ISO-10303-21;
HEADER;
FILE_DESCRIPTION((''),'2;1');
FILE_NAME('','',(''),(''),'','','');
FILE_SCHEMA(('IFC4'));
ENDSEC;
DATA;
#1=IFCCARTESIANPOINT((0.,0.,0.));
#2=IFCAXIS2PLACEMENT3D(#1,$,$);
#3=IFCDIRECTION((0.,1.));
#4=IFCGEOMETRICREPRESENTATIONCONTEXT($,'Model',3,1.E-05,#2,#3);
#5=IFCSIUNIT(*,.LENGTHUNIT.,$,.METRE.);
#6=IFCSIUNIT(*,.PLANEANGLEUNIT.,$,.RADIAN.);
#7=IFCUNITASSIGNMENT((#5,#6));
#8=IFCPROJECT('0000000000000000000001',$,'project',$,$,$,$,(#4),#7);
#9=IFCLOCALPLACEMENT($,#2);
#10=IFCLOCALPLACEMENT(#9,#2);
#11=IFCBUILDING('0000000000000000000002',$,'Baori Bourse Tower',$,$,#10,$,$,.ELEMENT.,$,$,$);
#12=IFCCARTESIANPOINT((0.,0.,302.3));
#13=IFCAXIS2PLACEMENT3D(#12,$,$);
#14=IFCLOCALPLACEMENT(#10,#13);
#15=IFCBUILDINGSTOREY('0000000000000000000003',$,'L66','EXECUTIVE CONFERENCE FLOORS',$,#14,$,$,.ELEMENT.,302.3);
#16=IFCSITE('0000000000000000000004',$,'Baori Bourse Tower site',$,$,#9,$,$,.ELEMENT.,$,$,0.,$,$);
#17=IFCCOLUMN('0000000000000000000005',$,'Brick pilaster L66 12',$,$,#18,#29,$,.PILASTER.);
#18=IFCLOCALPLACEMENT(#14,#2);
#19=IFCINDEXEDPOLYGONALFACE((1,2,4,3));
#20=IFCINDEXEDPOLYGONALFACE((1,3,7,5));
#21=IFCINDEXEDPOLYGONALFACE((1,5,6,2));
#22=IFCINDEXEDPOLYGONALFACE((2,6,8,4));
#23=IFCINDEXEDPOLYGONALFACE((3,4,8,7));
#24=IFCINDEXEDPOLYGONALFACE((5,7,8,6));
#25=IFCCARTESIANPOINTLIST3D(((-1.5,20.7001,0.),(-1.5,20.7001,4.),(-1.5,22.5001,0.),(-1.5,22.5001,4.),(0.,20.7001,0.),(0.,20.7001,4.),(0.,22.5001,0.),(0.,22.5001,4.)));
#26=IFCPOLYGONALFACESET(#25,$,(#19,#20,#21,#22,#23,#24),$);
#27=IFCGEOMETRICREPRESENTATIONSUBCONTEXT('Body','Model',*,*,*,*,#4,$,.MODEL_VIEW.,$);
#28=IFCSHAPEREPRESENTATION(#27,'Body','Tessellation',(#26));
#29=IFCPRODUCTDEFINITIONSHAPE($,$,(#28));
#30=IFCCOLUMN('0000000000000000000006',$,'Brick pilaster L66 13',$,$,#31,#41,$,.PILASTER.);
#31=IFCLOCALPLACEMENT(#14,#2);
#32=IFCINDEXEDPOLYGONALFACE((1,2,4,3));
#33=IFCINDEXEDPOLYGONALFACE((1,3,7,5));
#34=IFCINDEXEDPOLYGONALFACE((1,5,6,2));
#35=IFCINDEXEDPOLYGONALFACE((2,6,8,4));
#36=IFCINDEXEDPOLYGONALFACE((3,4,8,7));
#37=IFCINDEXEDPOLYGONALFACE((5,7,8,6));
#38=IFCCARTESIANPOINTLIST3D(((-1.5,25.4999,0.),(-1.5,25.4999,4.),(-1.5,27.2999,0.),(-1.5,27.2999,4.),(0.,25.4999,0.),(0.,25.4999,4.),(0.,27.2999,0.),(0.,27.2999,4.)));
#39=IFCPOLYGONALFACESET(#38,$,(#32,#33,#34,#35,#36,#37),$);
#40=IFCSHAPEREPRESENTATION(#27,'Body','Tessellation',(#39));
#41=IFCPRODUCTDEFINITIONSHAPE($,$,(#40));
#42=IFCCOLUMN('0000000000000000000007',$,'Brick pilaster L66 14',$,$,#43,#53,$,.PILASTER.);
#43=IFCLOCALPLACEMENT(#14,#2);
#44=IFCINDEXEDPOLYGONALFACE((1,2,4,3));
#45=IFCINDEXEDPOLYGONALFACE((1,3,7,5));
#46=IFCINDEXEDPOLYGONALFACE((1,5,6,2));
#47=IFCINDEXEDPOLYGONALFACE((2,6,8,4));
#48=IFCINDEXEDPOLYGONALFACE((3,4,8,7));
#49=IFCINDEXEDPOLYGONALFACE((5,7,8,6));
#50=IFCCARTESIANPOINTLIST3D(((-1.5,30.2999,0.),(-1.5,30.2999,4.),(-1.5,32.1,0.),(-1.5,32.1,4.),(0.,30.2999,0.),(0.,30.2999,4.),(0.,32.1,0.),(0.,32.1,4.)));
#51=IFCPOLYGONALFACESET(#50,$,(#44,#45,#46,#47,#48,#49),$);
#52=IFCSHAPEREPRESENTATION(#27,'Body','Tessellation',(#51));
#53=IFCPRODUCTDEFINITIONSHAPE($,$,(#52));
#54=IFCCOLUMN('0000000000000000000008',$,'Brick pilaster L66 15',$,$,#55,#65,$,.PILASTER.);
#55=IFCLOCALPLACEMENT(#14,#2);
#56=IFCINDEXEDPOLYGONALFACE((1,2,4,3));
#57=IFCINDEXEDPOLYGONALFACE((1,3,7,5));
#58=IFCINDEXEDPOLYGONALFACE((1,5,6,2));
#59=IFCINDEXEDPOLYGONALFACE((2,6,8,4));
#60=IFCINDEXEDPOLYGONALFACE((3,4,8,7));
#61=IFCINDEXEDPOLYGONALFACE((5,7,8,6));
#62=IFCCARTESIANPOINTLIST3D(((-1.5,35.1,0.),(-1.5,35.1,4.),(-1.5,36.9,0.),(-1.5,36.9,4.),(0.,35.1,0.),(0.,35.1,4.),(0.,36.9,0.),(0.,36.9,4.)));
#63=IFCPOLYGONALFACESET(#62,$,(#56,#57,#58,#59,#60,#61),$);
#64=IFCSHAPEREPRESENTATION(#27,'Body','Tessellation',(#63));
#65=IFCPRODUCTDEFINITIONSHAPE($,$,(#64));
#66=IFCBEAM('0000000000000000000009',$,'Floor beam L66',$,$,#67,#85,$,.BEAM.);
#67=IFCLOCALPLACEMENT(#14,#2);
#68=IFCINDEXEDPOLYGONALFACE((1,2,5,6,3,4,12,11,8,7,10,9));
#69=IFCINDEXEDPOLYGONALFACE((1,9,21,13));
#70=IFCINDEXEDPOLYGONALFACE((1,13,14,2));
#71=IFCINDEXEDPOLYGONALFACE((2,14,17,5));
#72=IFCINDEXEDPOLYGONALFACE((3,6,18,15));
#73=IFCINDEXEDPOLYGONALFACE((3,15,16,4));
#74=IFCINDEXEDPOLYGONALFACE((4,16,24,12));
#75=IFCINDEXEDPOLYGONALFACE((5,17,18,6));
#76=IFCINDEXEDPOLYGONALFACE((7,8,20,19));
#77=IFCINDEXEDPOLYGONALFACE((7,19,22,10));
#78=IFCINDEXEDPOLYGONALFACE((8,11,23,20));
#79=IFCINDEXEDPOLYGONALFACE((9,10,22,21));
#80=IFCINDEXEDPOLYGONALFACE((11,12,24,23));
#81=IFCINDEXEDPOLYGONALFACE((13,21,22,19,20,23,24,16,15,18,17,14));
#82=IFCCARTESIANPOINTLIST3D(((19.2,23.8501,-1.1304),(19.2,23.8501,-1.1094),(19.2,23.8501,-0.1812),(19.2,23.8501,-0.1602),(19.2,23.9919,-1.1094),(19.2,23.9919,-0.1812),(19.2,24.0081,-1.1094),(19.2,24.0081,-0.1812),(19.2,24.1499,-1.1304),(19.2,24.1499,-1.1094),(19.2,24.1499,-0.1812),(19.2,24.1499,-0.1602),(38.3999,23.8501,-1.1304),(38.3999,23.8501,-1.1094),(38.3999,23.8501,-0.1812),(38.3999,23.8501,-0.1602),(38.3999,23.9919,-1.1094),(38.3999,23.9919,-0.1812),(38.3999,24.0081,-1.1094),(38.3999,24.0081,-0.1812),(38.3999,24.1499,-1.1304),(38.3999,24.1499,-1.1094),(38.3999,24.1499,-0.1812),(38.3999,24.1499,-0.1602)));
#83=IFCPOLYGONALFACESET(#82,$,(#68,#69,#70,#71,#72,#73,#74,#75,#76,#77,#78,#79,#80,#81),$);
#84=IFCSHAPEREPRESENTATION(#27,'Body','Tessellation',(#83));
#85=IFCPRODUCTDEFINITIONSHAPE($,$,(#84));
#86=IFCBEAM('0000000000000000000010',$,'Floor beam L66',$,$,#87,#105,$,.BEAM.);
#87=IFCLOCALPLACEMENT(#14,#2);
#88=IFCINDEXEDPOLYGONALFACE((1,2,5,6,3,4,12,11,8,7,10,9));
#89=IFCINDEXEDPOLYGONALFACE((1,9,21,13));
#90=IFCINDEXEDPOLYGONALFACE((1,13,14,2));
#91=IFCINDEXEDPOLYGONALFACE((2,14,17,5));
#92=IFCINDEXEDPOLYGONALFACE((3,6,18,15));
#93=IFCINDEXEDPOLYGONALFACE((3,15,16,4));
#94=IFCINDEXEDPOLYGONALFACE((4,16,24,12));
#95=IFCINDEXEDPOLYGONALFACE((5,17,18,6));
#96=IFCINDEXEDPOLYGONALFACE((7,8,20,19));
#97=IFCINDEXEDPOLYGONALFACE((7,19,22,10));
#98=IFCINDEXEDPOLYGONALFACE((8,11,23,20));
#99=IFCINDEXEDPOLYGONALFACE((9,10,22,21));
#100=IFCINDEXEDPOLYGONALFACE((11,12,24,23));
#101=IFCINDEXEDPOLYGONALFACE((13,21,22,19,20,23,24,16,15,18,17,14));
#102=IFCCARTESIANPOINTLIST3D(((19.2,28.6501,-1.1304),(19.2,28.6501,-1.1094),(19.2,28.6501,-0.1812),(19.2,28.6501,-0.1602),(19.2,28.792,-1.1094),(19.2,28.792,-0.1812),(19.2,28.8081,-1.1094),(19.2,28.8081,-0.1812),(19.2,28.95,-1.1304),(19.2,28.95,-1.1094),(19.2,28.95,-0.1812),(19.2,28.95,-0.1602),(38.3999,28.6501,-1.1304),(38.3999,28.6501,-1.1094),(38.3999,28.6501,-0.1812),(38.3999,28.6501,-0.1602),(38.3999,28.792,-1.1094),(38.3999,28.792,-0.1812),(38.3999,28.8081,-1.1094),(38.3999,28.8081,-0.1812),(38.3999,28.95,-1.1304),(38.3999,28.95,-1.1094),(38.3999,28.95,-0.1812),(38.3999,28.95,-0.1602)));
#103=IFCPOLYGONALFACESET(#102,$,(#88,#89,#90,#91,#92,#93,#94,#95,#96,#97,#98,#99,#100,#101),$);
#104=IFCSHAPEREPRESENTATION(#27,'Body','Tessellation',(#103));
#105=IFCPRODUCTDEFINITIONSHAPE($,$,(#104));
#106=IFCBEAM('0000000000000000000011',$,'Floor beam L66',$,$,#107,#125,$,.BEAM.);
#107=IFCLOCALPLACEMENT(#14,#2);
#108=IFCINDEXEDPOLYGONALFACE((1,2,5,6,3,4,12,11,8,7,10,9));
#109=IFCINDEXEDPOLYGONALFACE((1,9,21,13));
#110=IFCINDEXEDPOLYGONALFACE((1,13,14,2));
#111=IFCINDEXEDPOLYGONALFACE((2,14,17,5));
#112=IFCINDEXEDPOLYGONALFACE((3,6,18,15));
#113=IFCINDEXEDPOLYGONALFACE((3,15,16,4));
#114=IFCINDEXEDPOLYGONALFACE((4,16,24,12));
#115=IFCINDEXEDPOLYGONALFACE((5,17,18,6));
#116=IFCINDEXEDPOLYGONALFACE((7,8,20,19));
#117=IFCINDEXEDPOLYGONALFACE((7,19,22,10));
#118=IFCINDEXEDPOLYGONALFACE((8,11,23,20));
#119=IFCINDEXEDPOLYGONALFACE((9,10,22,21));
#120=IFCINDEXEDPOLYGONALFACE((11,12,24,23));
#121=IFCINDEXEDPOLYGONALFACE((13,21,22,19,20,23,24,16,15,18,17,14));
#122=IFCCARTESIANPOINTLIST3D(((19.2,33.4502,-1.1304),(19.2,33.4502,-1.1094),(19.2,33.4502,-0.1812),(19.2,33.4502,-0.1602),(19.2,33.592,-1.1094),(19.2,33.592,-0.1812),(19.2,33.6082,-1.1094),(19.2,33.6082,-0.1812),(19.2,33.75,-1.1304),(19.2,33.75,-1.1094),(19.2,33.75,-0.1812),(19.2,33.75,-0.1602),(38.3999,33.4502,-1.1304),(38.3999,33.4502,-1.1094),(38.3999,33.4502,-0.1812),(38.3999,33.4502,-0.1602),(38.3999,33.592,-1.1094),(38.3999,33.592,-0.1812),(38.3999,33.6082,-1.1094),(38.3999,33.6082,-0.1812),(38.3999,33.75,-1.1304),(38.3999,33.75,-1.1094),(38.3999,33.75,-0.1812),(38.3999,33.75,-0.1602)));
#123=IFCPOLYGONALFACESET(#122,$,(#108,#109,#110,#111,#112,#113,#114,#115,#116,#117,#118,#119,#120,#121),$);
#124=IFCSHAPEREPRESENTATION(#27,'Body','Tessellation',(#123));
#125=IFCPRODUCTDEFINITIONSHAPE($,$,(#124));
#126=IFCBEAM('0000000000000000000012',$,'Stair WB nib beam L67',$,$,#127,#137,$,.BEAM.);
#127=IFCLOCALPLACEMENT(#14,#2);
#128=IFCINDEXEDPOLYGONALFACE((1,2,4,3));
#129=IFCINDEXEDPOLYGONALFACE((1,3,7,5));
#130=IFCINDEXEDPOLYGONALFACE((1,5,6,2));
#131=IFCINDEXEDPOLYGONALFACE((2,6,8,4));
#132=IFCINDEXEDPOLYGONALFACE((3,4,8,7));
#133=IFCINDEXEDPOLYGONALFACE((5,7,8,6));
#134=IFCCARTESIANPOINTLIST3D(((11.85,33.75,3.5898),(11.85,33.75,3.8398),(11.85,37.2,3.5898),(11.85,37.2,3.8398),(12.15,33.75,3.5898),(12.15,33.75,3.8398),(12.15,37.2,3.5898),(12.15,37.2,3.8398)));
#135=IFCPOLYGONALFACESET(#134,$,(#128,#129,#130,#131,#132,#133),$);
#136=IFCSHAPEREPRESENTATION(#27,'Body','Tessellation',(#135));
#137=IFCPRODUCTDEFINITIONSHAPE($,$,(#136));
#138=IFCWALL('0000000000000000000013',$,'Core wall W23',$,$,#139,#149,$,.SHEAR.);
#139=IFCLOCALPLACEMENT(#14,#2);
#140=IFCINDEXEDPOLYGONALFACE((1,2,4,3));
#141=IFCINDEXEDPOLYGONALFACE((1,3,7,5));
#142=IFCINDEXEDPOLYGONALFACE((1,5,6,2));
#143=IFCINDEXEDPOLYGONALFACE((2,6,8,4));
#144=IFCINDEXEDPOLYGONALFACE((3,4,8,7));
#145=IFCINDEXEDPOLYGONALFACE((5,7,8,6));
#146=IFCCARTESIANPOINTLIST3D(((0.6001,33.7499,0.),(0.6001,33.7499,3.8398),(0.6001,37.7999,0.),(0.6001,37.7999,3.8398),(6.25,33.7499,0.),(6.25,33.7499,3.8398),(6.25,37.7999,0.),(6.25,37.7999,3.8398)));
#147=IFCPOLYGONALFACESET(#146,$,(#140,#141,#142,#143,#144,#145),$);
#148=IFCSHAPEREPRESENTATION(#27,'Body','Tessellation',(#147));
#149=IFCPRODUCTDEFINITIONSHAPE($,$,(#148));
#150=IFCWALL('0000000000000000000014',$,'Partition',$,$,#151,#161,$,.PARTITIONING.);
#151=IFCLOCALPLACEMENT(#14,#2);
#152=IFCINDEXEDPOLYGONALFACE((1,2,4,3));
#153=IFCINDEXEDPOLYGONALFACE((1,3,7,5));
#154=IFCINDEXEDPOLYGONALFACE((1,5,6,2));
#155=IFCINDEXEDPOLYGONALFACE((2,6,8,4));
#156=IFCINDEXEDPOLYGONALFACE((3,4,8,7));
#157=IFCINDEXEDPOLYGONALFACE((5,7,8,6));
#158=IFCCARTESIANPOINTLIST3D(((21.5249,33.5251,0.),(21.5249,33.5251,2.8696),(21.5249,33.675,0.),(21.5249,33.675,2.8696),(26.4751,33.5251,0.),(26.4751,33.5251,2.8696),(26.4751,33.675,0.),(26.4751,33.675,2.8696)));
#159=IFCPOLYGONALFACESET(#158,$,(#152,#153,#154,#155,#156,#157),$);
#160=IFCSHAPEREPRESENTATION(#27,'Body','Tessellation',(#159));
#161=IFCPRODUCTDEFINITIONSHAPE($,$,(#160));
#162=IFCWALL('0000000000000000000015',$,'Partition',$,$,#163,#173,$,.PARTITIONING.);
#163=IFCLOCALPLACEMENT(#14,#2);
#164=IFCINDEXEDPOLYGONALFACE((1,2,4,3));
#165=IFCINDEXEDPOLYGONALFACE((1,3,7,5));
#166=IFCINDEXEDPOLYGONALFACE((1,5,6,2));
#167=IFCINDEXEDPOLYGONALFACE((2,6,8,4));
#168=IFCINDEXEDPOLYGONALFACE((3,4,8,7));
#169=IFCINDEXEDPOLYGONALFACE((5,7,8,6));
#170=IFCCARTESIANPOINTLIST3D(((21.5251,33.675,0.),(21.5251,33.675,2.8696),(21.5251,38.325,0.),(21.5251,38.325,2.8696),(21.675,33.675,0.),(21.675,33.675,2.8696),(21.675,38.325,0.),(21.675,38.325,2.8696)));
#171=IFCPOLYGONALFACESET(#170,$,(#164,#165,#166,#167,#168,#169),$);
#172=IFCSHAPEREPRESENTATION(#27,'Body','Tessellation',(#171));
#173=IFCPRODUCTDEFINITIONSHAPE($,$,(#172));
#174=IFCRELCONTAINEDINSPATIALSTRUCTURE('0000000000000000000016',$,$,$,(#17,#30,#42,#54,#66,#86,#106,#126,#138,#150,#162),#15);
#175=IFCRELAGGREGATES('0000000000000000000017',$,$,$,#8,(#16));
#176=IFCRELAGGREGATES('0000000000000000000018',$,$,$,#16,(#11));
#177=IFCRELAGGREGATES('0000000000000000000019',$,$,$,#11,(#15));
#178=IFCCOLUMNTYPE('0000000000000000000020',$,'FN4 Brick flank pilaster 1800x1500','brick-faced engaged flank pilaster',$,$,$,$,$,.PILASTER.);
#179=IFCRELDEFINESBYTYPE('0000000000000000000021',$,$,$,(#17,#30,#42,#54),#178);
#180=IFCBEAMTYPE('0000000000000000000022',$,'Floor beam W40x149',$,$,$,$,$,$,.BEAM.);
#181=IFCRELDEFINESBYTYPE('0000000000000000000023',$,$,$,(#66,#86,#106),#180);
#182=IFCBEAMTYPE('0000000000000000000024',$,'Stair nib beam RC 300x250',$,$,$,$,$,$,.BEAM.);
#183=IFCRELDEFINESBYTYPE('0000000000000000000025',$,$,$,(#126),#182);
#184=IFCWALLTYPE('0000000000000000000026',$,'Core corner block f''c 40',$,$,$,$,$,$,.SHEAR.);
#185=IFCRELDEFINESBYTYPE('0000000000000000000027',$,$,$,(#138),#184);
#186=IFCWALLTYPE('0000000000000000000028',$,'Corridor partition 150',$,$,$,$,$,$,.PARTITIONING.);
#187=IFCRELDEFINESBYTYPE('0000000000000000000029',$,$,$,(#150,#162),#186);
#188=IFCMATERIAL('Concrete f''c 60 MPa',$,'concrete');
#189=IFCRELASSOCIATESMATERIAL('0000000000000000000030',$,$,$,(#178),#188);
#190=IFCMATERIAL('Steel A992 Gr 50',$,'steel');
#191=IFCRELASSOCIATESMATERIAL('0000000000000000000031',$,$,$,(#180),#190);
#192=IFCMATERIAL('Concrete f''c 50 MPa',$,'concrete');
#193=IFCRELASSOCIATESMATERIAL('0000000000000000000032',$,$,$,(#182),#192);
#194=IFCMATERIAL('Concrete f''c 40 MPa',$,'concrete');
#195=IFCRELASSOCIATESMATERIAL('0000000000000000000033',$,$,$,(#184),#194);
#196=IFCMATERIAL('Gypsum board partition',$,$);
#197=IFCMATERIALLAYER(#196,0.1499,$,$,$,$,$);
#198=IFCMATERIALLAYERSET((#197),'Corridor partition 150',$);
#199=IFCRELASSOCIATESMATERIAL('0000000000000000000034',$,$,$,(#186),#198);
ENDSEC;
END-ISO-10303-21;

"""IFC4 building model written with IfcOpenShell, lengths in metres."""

from ifc_helpers import new_model, si_unit, direction, frame, frame_2d, origin, origin_2d, place, context, subcontext, project, spatial, rectangle, i_section, extrude, material, layer, layer_set, material_profile, profile_set, type_object, element, save


model = new_model("IFC4")

# Units and contexts
model_context = context("Model", 3, precision=1e-05, world=origin(), true_north=direction((0.0, 1.0)))
body_context = subcontext(model_context, "Body", "Model", "MODEL_VIEW")
ifc_project = project(units=[si_unit("LENGTHUNIT", "METRE"), si_unit("PLANEANGLEUNIT", "RADIAN")], contexts=[model_context])

# Site, building, storey
site_placement = place(None, origin())
site = spatial("IfcSite", under=ifc_project, at=site_placement, Name="Baori Bourse Tower site", CompositionType="ELEMENT", RefElevation=0.0)
building_placement = place(site_placement, origin())
building = spatial("IfcBuilding", under=site, at=building_placement, Name="Baori Bourse Tower", CompositionType="ELEMENT")
storey_placement = place(building_placement, frame((0.0, 0.0, 302.3)))
storey = spatial("IfcBuildingStorey", under=building, at=storey_placement, Name="L66", Description="EXECUTIVE CONFERENCE FLOORS", CompositionType="ELEMENT", Elevation=302.3)

# Columns
ifc_material_1 = material(Name="Concrete f'c 60 MPa", Category="concrete")
ifc_material_profile_1 = material_profile(ifc_material_1, rectangle(XDim=1.8, YDim=1.5, at=origin_2d()), Name="RC 1800x1500")
ifc_profile_set_1 = profile_set([ifc_material_profile_1], Name="Concrete f'c 60 MPa")
column_type = type_object("IfcColumnType", Name="FN4 Brick flank pilaster 1800x1500", Description="brick-faced engaged flank pilaster", PredefinedType="PILASTER", material=ifc_profile_set_1)
for number, where, z_axis, x_axis, name in (
    (1, (-0.75, 21.6001, 0.0), (0.0, 0.0, 1.0), (0.0, 1.0, 0.0), "Brick pilaster L66 12"),
    (2, (-0.75, 26.3999, 0.0), (0.0, 0.0, 1.0), (0.0, 1.0, 0.0), "Brick pilaster L66 13"),
    (3, (-0.75, 31.2, 0.0), (0.0, 0.0, 1.0), (0.0, 1.0, 0.0), "Brick pilaster L66 14"),
    (4, (-0.75, 36.0, 0.0), (0.0, 0.0, 1.0), (0.0, 1.0, 0.0), "Brick pilaster L66 15"),
):
    element("IfcColumn", number, at=place(storey_placement, frame(where, z_axis=z_axis, x_axis=x_axis)), inside=storey, type_object=column_type, Name=name, PredefinedType="PILASTER", context=body_context, shape_type="SweptSolid", body=[
        extrude(rectangle(XDim=1.8, YDim=1.5, at=origin_2d()), origin(), (0.0, 0.0, 1.0), 4.0),
    ])

# Beams
ifc_material_2 = material(Name="Steel A992 Gr 50", Category="steel")
ifc_material_profile_2 = material_profile(ifc_material_2, i_section(OverallWidth=0.2998, OverallDepth=0.9702, WebThickness=0.0161, FlangeThickness=0.021, at=origin_2d()), Name="W40x149")
ifc_profile_set_2 = profile_set([ifc_material_profile_2], Name="Steel A992 Gr 50")
beam_type_1 = type_object("IfcBeamType", Name="Floor beam W40x149", PredefinedType="BEAM", material=ifc_profile_set_2)
for number, where, z_axis, x_axis, name in (
    (5, (19.2, 24.0, -0.6453), (1.0, 0.0, 0.0), (0.0, 1.0, 0.0), "Floor beam L66"),
    (6, (19.2, 28.8, -0.6453), (1.0, 0.0, 0.0), (0.0, 1.0, 0.0), "Floor beam L66"),
    (7, (19.2, 33.6001, -0.6453), (1.0, 0.0, 0.0), (0.0, 1.0, 0.0), "Floor beam L66"),
):
    element("IfcBeam", number, at=place(storey_placement, frame(where, z_axis=z_axis, x_axis=x_axis)), inside=storey, type_object=beam_type_1, Name=name, PredefinedType="BEAM", context=body_context, shape_type="SweptSolid", body=[
        extrude(i_section(OverallWidth=0.2998, OverallDepth=0.9702, WebThickness=0.0161, FlangeThickness=0.021, at=origin_2d()), origin(), (0.0, 0.0, 1.0), 19.2),
    ])
ifc_material_3 = material(Name="Concrete f'c 50 MPa", Category="concrete")
ifc_material_profile_3 = material_profile(ifc_material_3, rectangle(XDim=0.3, YDim=0.25, at=origin_2d()), Name="RC 300x250")
ifc_profile_set_3 = profile_set([ifc_material_profile_3], Name="Concrete f'c 50 MPa")
beam_type_2 = type_object("IfcBeamType", Name="Stair nib beam RC 300x250", PredefinedType="BEAM", material=ifc_profile_set_3)
beam_placement = place(storey_placement, frame((12.0, 33.75, 3.7148), z_axis=(0.0, 1.0, 0.0), x_axis=(-1.0, 0.0, 0.0)))
element("IfcBeam", 8, at=beam_placement, inside=storey, type_object=beam_type_2, Name="Stair WB nib beam L67", PredefinedType="BEAM", context=body_context, shape_type="SweptSolid", body=[
    extrude(rectangle(XDim=0.3, YDim=0.25, at=origin_2d()), origin(), (0.0, 0.0, 1.0), 3.45),
])

# Walls
ifc_material_4 = material(Name="Concrete f'c 40 MPa", Category="concrete")
wall_type_1 = type_object("IfcWallType", Name="Core corner block f'c 40", PredefinedType="SHEAR", material=ifc_material_4)
wall_1_placement = place(storey_placement, frame((0.6001, 35.7749, 0.0), z_axis=(0.0, 0.0, 1.0), x_axis=(1.0, 0.0, 0.0)))
element("IfcWall", 9, at=wall_1_placement, inside=storey, type_object=wall_type_1, Name="Core wall W23", PredefinedType="SHEAR", context=body_context, shape_type="SweptSolid", body=[
    extrude(rectangle(XDim=5.6499, YDim=4.05, at=frame_2d((2.825, 0.0))), origin(), (0.0, 0.0, 1.0), 3.8398),
])
ifc_material_5 = material(Name="Gypsum board partition")
ifc_layer_1 = layer(ifc_material_5, 0.1499)
ifc_layer_set_1 = layer_set([ifc_layer_1], Name="Corridor partition 150")
wall_type_2 = type_object("IfcWallType", Name="Corridor partition 150", PredefinedType="PARTITIONING", material=ifc_layer_set_1)
wall_2_placement = place(storey_placement, frame((21.5249, 33.6001, 0.0), z_axis=(0.0, 0.0, 1.0), x_axis=(1.0, 0.0, 0.0)))
element("IfcWall", 10, at=wall_2_placement, inside=storey, type_object=wall_type_2, Name="Partition", PredefinedType="PARTITIONING", context=body_context, shape_type="SweptSolid", body=[
    extrude(rectangle(XDim=4.9502, YDim=0.1499, at=frame_2d((2.4751, 0.0))), origin(), (0.0, 0.0, 1.0), 2.8696),
])
wall_3_placement = place(storey_placement, frame((21.6001, 33.675, 0.0), z_axis=(0.0, 0.0, 1.0), x_axis=(0.0, 1.0, 0.0)))
element("IfcWall", 11, at=wall_3_placement, inside=storey, type_object=wall_type_2, Name="Partition", PredefinedType="PARTITIONING", context=body_context, shape_type="SweptSolid", body=[
    extrude(rectangle(XDim=4.6499, YDim=0.1499, at=frame_2d((2.325, 0.0))), origin(), (0.0, 0.0, 1.0), 2.8696),
])

save(model, "model.ifc")
